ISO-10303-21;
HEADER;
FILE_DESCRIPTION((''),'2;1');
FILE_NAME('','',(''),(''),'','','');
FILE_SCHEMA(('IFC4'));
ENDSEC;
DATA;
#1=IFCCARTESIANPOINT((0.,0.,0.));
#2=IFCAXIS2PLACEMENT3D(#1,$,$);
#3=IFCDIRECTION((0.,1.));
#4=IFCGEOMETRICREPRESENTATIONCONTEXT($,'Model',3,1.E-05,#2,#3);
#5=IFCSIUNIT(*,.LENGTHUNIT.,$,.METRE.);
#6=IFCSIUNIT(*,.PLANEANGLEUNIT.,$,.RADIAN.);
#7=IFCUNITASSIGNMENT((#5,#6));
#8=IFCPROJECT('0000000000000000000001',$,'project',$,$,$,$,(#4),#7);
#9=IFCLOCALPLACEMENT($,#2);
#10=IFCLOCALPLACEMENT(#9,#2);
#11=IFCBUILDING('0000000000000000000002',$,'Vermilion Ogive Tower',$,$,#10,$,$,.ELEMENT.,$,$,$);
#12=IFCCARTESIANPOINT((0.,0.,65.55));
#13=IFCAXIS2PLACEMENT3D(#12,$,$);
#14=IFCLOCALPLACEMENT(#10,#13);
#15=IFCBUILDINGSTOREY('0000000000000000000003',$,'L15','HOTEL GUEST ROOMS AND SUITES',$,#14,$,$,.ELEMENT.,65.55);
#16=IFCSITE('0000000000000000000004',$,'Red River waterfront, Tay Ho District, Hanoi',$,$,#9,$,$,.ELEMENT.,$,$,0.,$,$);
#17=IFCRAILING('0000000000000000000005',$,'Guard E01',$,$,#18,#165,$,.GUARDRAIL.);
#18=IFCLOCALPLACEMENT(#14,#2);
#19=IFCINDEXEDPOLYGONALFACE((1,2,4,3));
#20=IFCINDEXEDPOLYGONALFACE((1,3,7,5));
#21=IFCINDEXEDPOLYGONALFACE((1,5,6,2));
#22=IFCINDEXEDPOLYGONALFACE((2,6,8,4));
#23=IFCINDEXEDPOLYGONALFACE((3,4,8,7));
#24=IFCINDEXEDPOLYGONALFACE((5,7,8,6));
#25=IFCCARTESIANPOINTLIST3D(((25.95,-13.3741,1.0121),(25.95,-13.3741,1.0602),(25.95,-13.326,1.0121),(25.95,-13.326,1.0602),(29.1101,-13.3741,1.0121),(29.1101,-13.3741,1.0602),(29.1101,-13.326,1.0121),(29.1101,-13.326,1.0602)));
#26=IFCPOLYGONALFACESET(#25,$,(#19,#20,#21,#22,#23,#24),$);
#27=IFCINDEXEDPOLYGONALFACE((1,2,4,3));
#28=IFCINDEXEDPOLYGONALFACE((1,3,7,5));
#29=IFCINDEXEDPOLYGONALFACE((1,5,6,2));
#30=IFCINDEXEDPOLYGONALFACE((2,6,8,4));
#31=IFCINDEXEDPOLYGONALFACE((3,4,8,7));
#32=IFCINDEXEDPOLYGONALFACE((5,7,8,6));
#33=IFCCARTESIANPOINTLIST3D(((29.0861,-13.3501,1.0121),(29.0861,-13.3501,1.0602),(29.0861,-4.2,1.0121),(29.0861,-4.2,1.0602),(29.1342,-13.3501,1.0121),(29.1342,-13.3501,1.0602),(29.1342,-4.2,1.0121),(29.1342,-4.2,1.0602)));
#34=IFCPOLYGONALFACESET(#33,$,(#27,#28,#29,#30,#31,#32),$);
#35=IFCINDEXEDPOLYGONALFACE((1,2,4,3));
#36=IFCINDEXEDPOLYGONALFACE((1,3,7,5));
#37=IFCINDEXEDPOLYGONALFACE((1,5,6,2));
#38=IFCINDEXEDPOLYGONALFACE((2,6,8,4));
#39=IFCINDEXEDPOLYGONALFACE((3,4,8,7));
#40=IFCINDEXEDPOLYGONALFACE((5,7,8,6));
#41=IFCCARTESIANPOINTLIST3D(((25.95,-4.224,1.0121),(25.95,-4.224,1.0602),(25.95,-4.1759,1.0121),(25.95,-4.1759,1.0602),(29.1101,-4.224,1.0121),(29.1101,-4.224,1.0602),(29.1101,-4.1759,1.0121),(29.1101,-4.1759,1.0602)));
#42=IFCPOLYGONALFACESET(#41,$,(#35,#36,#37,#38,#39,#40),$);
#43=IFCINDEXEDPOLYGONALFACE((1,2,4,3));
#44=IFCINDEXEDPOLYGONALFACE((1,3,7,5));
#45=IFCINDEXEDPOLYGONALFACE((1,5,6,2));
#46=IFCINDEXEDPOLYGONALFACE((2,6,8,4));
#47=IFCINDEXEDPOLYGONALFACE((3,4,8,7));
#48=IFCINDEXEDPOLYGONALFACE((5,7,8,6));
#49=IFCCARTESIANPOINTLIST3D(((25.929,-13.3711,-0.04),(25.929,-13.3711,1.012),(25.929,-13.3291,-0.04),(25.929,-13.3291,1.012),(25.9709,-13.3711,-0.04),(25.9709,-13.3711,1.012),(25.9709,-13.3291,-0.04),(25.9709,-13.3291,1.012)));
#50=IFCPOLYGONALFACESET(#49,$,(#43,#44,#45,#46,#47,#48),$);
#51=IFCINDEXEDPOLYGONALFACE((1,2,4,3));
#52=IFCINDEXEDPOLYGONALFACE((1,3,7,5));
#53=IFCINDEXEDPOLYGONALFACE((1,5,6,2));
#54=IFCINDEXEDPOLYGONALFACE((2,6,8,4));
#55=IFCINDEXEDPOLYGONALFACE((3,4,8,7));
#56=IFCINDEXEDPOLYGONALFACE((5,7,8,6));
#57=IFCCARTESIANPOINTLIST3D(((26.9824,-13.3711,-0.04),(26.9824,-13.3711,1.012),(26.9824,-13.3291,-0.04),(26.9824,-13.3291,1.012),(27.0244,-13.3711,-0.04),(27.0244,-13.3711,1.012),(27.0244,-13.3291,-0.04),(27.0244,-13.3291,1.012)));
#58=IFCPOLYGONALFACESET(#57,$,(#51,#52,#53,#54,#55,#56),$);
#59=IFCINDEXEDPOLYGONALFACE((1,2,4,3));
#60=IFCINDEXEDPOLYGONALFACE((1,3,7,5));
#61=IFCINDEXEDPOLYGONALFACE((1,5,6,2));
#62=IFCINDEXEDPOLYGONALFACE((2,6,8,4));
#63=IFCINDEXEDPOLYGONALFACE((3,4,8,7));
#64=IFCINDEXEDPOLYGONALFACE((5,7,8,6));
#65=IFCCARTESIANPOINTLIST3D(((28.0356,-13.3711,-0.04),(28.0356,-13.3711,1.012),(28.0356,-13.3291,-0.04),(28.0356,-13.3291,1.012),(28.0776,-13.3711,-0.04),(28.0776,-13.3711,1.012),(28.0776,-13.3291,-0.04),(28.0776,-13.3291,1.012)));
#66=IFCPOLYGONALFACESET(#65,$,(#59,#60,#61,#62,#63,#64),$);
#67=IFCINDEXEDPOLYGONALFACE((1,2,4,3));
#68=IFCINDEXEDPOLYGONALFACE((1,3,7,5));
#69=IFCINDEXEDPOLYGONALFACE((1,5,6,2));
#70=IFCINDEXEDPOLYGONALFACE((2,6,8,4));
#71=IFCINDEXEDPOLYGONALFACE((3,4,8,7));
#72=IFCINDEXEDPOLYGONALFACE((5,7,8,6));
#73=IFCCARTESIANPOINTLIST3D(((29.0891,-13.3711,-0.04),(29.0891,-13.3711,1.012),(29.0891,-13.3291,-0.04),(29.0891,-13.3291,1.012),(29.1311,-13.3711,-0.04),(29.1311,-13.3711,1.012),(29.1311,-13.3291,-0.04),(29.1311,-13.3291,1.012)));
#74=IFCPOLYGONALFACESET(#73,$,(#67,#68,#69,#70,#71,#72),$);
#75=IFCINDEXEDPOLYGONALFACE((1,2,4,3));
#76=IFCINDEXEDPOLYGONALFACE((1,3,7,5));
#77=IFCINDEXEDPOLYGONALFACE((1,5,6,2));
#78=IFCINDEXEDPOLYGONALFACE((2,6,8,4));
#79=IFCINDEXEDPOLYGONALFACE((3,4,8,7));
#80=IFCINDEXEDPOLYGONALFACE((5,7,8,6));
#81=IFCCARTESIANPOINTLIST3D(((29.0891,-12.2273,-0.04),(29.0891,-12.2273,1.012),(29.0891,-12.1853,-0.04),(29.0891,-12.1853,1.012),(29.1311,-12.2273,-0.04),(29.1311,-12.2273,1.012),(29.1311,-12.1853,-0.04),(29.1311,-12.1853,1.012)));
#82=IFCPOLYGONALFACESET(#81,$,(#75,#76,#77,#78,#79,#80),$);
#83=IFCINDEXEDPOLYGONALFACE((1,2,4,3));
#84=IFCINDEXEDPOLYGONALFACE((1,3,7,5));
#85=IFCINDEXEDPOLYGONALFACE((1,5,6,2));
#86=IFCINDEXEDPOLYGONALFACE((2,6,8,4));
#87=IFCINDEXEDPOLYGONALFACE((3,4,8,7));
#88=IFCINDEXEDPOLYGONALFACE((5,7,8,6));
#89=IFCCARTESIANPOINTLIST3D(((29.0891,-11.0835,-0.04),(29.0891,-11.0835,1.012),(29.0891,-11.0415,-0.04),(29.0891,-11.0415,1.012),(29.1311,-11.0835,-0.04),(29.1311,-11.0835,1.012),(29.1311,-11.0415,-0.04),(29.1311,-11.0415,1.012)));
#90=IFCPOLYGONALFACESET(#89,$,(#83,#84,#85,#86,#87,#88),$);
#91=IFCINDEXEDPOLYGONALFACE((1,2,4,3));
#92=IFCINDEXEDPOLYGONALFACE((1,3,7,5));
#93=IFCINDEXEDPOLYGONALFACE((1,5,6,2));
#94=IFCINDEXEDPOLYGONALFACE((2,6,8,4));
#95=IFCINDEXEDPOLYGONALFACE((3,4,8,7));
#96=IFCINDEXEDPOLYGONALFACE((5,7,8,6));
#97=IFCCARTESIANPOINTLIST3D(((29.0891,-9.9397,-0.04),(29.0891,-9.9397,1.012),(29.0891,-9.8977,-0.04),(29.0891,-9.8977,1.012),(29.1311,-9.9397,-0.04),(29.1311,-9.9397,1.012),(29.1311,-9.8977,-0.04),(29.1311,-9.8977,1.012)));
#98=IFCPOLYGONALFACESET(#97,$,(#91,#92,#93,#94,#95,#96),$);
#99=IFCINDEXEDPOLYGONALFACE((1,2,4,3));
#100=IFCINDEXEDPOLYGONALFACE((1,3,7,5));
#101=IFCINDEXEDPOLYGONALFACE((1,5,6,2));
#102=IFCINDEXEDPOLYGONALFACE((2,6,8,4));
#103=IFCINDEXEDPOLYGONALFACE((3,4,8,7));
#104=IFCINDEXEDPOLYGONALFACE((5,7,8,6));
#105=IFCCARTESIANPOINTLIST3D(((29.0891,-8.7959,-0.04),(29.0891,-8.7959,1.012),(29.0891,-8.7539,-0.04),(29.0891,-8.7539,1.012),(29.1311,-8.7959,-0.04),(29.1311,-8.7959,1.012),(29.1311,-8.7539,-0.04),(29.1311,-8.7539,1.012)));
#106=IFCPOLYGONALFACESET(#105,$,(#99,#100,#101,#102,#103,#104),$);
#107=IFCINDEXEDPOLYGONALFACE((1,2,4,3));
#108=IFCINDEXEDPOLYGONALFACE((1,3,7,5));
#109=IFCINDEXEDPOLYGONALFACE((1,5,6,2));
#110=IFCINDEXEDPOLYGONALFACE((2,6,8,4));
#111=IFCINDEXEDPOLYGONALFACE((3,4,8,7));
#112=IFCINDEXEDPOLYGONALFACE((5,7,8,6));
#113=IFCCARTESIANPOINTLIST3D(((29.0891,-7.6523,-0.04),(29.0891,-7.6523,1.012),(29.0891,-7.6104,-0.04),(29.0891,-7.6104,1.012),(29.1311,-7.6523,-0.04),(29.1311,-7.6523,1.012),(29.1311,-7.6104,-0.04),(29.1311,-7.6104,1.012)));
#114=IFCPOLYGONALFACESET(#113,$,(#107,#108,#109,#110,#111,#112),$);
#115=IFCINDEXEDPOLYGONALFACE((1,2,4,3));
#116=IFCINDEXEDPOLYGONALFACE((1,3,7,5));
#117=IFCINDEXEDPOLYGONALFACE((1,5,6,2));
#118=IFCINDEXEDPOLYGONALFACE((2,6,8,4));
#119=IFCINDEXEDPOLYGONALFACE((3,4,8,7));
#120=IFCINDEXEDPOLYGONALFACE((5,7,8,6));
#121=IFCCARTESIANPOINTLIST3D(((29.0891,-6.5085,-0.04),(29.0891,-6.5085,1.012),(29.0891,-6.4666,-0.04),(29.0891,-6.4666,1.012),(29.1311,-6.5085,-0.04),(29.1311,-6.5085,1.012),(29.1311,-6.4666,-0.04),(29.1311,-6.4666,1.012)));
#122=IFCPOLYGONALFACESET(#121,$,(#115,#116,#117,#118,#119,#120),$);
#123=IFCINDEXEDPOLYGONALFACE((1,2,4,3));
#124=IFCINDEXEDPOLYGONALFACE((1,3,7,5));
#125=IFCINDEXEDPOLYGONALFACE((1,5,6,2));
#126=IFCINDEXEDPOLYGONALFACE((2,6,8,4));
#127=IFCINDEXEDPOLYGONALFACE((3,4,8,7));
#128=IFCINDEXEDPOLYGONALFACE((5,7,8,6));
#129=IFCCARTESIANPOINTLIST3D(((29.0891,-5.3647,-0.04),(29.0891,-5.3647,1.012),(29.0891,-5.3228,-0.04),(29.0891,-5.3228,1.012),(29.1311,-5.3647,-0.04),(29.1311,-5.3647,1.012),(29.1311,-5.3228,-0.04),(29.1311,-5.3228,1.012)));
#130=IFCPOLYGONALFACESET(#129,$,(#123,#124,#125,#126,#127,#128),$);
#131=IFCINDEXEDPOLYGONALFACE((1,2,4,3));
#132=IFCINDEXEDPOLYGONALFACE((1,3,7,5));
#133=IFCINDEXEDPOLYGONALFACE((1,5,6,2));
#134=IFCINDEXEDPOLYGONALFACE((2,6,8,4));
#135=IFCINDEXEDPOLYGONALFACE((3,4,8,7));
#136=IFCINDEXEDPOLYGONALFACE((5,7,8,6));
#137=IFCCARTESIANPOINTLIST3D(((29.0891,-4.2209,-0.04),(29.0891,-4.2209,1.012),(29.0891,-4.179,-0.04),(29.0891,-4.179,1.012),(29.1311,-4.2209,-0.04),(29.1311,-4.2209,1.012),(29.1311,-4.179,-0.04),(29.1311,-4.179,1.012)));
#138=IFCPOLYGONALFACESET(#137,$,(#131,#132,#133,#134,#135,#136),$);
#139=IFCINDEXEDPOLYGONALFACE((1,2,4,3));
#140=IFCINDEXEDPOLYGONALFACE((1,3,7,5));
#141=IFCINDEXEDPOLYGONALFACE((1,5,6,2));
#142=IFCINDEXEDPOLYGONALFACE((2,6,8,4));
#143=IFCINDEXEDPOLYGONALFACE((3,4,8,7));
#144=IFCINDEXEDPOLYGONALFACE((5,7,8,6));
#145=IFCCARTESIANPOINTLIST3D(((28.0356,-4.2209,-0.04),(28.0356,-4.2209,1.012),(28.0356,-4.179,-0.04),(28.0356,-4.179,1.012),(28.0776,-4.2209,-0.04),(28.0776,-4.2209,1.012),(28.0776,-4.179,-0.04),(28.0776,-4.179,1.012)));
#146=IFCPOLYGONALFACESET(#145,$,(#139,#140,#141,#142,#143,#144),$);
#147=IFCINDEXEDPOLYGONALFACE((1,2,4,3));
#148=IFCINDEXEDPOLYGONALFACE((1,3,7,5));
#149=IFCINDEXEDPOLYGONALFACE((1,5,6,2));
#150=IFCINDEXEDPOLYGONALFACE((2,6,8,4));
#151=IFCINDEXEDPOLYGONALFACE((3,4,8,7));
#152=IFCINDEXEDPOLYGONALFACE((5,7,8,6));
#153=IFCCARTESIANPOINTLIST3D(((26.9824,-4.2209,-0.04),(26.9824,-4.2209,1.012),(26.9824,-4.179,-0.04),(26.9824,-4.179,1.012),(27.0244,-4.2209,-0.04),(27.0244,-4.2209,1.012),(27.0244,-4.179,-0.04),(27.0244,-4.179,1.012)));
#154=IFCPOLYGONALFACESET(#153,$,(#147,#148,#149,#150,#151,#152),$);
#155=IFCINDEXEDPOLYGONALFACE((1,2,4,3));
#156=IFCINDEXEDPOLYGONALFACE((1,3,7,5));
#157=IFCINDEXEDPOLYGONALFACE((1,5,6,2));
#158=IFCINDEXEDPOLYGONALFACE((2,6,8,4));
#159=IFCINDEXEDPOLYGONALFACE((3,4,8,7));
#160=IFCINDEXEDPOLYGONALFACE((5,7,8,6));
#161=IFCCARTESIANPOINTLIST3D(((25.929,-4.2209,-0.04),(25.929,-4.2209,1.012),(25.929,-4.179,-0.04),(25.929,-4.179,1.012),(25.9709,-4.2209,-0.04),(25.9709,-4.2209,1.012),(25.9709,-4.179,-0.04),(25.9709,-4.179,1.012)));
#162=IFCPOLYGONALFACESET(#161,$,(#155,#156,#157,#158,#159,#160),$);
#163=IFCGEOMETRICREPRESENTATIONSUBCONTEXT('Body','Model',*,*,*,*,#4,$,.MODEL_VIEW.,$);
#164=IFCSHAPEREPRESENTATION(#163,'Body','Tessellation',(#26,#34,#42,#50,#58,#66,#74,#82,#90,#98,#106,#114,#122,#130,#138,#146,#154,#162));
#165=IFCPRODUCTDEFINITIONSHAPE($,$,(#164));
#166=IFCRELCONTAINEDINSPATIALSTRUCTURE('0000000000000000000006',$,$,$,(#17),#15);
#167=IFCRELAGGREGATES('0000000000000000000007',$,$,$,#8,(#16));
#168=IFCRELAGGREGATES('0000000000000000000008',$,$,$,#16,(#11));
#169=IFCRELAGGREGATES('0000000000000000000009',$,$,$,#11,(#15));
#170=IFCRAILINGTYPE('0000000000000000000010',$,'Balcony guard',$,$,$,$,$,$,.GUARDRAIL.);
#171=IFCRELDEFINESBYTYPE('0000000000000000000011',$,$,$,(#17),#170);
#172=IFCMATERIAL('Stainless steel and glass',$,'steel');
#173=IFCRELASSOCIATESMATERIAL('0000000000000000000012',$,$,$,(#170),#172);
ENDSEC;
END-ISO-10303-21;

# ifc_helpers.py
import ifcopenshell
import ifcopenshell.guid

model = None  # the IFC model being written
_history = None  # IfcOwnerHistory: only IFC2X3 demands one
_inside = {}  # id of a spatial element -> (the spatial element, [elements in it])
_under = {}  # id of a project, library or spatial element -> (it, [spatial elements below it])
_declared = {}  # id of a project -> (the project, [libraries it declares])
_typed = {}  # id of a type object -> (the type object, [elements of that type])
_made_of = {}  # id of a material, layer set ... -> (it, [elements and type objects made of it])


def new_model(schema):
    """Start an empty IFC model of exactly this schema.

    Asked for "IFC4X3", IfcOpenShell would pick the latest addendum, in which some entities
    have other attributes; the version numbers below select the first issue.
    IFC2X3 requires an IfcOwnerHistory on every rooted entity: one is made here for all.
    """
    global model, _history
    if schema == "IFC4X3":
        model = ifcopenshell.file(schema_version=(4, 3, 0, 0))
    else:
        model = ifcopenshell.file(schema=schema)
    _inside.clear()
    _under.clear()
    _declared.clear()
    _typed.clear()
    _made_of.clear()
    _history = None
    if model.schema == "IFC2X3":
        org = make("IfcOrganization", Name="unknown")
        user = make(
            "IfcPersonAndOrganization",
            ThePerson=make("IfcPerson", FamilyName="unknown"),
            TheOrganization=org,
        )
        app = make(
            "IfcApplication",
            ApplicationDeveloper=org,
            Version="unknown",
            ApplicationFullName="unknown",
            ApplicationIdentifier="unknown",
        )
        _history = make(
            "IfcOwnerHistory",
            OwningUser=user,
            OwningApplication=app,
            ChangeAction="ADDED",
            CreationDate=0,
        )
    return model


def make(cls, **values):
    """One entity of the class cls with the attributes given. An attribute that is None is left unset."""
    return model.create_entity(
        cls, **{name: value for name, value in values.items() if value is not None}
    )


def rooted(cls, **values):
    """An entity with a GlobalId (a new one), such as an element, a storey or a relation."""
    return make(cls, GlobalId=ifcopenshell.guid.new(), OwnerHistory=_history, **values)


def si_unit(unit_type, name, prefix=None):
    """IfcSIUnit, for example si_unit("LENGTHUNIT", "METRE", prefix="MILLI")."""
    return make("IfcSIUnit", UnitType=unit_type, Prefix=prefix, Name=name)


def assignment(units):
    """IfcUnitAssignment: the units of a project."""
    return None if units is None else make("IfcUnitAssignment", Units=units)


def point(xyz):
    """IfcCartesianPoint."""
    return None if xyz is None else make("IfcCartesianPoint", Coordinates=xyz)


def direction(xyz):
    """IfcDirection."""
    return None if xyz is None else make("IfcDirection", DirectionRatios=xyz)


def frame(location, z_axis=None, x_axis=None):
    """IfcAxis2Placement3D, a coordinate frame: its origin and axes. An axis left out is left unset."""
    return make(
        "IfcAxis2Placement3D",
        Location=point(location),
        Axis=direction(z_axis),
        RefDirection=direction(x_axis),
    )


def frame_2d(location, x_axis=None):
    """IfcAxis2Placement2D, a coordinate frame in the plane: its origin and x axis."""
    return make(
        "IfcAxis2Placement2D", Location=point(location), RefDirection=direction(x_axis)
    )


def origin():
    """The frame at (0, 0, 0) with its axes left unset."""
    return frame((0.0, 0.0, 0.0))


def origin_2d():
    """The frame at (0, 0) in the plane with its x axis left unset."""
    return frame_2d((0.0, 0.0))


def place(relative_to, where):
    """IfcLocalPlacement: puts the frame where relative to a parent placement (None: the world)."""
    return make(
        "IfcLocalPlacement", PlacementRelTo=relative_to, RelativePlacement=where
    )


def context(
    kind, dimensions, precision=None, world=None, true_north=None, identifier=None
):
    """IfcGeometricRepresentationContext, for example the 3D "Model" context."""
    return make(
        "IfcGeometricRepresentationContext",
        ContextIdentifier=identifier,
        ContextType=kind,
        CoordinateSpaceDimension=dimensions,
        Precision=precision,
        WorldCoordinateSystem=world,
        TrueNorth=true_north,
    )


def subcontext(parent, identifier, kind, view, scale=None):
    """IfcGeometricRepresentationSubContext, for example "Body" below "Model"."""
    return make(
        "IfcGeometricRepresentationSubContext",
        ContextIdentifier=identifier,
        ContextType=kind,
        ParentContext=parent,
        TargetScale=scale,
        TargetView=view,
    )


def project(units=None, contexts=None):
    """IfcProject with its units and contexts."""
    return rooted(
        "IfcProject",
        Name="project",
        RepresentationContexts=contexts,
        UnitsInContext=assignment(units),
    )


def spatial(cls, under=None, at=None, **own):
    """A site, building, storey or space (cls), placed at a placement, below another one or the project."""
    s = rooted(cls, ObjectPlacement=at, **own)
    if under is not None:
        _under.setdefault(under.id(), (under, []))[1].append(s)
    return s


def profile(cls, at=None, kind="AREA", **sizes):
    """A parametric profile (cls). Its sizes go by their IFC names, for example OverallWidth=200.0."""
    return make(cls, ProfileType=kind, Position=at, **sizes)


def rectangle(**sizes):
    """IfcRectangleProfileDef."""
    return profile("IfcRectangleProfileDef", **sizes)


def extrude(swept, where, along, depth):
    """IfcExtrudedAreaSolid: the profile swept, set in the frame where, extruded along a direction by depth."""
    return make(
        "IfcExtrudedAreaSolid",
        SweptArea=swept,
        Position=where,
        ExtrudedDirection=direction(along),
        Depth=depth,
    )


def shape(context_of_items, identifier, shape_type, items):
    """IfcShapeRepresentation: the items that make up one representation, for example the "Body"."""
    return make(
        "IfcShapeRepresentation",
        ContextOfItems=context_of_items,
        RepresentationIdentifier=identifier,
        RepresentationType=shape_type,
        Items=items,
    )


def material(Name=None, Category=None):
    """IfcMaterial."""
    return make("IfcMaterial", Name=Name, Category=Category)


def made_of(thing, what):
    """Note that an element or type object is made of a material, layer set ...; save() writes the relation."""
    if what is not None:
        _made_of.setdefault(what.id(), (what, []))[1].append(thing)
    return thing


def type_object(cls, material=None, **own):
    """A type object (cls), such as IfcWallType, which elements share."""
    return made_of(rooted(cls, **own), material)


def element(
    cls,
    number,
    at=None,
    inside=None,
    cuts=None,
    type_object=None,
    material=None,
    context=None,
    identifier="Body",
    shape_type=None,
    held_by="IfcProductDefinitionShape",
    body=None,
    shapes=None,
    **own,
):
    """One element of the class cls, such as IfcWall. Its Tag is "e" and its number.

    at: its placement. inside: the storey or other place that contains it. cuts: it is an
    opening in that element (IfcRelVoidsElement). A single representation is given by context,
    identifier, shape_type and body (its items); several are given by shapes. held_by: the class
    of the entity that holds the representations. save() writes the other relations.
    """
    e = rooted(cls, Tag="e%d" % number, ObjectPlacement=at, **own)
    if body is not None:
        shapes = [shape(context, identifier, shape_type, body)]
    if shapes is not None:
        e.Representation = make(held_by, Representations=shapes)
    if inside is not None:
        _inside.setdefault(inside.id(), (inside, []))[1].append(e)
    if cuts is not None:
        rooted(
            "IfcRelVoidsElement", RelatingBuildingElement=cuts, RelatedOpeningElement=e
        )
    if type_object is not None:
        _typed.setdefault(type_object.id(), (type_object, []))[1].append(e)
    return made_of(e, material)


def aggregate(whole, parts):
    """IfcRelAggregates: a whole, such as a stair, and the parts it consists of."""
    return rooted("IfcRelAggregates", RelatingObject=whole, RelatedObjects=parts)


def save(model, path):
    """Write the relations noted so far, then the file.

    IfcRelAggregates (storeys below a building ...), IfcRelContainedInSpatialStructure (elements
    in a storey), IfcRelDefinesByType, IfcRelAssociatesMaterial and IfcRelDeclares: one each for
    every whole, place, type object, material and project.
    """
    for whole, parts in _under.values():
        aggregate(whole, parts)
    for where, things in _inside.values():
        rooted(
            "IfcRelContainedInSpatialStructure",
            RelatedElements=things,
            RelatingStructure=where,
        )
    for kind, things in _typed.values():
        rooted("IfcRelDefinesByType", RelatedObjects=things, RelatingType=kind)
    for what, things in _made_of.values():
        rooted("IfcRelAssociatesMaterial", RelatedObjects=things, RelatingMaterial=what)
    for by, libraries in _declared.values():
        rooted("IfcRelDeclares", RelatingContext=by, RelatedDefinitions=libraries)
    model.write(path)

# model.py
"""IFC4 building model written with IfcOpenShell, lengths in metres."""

from ifc_helpers import new_model, si_unit, direction, frame, origin, origin_2d, place, context, subcontext, project, spatial, rectangle, extrude, material, type_object, element, save


model = new_model("IFC4")

# Units and contexts
model_context = context("Model", 3, precision=1e-05, world=origin(), true_north=direction((0.0, 1.0)))
body_context = subcontext(model_context, "Body", "Model", "MODEL_VIEW")
ifc_project = project(units=[si_unit("LENGTHUNIT", "METRE"), si_unit("PLANEANGLEUNIT", "RADIAN")], contexts=[model_context])

# Site, building, storey
site_placement = place(None, origin())
site = spatial("IfcSite", under=ifc_project, at=site_placement, Name="Red River waterfront, Tay Ho District, Hanoi", CompositionType="ELEMENT", RefElevation=0.0)
building_placement = place(site_placement, origin())
building = spatial("IfcBuilding", under=site, at=building_placement, Name="Vermilion Ogive Tower", CompositionType="ELEMENT")
storey_placement = place(building_placement, frame((0.0, 0.0, 65.55)))
storey = spatial("IfcBuildingStorey", under=building, at=storey_placement, Name="L15", Description="HOTEL GUEST ROOMS AND SUITES", CompositionType="ELEMENT", Elevation=65.55)

# Railing
ifc_material_1 = material(Name="Stainless steel and glass", Category="steel")
railing_type_1 = type_object("IfcRailingType", Name="Balcony guard", PredefinedType="GUARDRAIL", material=ifc_material_1)
railing_1_placement = place(storey_placement, frame((25.95, -13.3501, -0.04)))
element("IfcRailing", 1, at=railing_1_placement, inside=storey, type_object=railing_type_1, Name="Guard E01", PredefinedType="GUARDRAIL", context=body_context, shape_type="SweptSolid", body=[
    extrude(rectangle(XDim=0.0481, YDim=0.0481, at=origin_2d()), frame((0.0, 0.0, 1.0762), z_axis=(1.0, 0.0, 0.0), x_axis=(0.0, 1.0, 0.0)), (0.0, 0.0, 1.0), 3.1602),
    extrude(rectangle(XDim=0.0481, YDim=0.0481, at=origin_2d()), frame((3.1602, 0.0, 1.0762), z_axis=(0.0, 1.0, 0.0), x_axis=(-1.0, 0.0, 0.0)), (0.0, 0.0, 1.0), 9.1501),
    extrude(rectangle(XDim=0.0481, YDim=0.0481, at=origin_2d()), frame((3.1602, 9.1501, 1.0762), z_axis=(-1.0, 0.0, 0.0), x_axis=(0.0, -1.0, 0.0)), (0.0, 0.0, 1.0), 3.1602),
    extrude(rectangle(XDim=0.042, YDim=0.042, at=origin_2d()), origin(), (0.0, 0.0, 1.0), 1.052),
    extrude(rectangle(XDim=0.042, YDim=0.042, at=origin_2d()), frame((1.0535, 0.0, 0.0)), (0.0, 0.0, 1.0), 1.052),
    extrude(rectangle(XDim=0.042, YDim=0.042, at=origin_2d()), frame((2.1067, 0.0, 0.0)), (0.0, 0.0, 1.0), 1.052),
    extrude(rectangle(XDim=0.042, YDim=0.042, at=origin_2d()), frame((3.1602, 0.0, 0.0)), (0.0, 0.0, 1.0), 1.052),
    extrude(rectangle(XDim=0.042, YDim=0.042, at=origin_2d()), frame((3.1602, 1.1438, 0.0)), (0.0, 0.0, 1.0), 1.052),
    extrude(rectangle(XDim=0.042, YDim=0.042, at=origin_2d()), frame((3.1602, 2.2876, 0.0)), (0.0, 0.0, 1.0), 1.052),
    extrude(rectangle(XDim=0.042, YDim=0.042, at=origin_2d()), frame((3.1602, 3.4314, 0.0)), (0.0, 0.0, 1.0), 1.052),
    extrude(rectangle(XDim=0.042, YDim=0.042, at=origin_2d()), frame((3.1602, 4.5752, 0.0)), (0.0, 0.0, 1.0), 1.052),
    extrude(rectangle(XDim=0.042, YDim=0.042, at=origin_2d()), frame((3.1602, 5.7188, 0.0)), (0.0, 0.0, 1.0), 1.052),
    extrude(rectangle(XDim=0.042, YDim=0.042, at=origin_2d()), frame((3.1602, 6.8625, 0.0)), (0.0, 0.0, 1.0), 1.052),
    extrude(rectangle(XDim=0.042, YDim=0.042, at=origin_2d()), frame((3.1602, 8.0063, 0.0)), (0.0, 0.0, 1.0), 1.052),
    extrude(rectangle(XDim=0.042, YDim=0.042, at=origin_2d()), frame((3.1602, 9.1501, 0.0)), (0.0, 0.0, 1.0), 1.052),
    extrude(rectangle(XDim=0.042, YDim=0.042, at=origin_2d()), frame((2.1067, 9.1501, 0.0)), (0.0, 0.0, 1.0), 1.052),
    extrude(rectangle(XDim=0.042, YDim=0.042, at=origin_2d()), frame((1.0535, 9.1501, 0.0)), (0.0, 0.0, 1.0), 1.052),
    extrude(rectangle(XDim=0.042, YDim=0.042, at=origin_2d()), frame((0.0, 9.1501, 0.0)), (0.0, 0.0, 1.0), 1.052),
])

save(model, "model.ifc")
